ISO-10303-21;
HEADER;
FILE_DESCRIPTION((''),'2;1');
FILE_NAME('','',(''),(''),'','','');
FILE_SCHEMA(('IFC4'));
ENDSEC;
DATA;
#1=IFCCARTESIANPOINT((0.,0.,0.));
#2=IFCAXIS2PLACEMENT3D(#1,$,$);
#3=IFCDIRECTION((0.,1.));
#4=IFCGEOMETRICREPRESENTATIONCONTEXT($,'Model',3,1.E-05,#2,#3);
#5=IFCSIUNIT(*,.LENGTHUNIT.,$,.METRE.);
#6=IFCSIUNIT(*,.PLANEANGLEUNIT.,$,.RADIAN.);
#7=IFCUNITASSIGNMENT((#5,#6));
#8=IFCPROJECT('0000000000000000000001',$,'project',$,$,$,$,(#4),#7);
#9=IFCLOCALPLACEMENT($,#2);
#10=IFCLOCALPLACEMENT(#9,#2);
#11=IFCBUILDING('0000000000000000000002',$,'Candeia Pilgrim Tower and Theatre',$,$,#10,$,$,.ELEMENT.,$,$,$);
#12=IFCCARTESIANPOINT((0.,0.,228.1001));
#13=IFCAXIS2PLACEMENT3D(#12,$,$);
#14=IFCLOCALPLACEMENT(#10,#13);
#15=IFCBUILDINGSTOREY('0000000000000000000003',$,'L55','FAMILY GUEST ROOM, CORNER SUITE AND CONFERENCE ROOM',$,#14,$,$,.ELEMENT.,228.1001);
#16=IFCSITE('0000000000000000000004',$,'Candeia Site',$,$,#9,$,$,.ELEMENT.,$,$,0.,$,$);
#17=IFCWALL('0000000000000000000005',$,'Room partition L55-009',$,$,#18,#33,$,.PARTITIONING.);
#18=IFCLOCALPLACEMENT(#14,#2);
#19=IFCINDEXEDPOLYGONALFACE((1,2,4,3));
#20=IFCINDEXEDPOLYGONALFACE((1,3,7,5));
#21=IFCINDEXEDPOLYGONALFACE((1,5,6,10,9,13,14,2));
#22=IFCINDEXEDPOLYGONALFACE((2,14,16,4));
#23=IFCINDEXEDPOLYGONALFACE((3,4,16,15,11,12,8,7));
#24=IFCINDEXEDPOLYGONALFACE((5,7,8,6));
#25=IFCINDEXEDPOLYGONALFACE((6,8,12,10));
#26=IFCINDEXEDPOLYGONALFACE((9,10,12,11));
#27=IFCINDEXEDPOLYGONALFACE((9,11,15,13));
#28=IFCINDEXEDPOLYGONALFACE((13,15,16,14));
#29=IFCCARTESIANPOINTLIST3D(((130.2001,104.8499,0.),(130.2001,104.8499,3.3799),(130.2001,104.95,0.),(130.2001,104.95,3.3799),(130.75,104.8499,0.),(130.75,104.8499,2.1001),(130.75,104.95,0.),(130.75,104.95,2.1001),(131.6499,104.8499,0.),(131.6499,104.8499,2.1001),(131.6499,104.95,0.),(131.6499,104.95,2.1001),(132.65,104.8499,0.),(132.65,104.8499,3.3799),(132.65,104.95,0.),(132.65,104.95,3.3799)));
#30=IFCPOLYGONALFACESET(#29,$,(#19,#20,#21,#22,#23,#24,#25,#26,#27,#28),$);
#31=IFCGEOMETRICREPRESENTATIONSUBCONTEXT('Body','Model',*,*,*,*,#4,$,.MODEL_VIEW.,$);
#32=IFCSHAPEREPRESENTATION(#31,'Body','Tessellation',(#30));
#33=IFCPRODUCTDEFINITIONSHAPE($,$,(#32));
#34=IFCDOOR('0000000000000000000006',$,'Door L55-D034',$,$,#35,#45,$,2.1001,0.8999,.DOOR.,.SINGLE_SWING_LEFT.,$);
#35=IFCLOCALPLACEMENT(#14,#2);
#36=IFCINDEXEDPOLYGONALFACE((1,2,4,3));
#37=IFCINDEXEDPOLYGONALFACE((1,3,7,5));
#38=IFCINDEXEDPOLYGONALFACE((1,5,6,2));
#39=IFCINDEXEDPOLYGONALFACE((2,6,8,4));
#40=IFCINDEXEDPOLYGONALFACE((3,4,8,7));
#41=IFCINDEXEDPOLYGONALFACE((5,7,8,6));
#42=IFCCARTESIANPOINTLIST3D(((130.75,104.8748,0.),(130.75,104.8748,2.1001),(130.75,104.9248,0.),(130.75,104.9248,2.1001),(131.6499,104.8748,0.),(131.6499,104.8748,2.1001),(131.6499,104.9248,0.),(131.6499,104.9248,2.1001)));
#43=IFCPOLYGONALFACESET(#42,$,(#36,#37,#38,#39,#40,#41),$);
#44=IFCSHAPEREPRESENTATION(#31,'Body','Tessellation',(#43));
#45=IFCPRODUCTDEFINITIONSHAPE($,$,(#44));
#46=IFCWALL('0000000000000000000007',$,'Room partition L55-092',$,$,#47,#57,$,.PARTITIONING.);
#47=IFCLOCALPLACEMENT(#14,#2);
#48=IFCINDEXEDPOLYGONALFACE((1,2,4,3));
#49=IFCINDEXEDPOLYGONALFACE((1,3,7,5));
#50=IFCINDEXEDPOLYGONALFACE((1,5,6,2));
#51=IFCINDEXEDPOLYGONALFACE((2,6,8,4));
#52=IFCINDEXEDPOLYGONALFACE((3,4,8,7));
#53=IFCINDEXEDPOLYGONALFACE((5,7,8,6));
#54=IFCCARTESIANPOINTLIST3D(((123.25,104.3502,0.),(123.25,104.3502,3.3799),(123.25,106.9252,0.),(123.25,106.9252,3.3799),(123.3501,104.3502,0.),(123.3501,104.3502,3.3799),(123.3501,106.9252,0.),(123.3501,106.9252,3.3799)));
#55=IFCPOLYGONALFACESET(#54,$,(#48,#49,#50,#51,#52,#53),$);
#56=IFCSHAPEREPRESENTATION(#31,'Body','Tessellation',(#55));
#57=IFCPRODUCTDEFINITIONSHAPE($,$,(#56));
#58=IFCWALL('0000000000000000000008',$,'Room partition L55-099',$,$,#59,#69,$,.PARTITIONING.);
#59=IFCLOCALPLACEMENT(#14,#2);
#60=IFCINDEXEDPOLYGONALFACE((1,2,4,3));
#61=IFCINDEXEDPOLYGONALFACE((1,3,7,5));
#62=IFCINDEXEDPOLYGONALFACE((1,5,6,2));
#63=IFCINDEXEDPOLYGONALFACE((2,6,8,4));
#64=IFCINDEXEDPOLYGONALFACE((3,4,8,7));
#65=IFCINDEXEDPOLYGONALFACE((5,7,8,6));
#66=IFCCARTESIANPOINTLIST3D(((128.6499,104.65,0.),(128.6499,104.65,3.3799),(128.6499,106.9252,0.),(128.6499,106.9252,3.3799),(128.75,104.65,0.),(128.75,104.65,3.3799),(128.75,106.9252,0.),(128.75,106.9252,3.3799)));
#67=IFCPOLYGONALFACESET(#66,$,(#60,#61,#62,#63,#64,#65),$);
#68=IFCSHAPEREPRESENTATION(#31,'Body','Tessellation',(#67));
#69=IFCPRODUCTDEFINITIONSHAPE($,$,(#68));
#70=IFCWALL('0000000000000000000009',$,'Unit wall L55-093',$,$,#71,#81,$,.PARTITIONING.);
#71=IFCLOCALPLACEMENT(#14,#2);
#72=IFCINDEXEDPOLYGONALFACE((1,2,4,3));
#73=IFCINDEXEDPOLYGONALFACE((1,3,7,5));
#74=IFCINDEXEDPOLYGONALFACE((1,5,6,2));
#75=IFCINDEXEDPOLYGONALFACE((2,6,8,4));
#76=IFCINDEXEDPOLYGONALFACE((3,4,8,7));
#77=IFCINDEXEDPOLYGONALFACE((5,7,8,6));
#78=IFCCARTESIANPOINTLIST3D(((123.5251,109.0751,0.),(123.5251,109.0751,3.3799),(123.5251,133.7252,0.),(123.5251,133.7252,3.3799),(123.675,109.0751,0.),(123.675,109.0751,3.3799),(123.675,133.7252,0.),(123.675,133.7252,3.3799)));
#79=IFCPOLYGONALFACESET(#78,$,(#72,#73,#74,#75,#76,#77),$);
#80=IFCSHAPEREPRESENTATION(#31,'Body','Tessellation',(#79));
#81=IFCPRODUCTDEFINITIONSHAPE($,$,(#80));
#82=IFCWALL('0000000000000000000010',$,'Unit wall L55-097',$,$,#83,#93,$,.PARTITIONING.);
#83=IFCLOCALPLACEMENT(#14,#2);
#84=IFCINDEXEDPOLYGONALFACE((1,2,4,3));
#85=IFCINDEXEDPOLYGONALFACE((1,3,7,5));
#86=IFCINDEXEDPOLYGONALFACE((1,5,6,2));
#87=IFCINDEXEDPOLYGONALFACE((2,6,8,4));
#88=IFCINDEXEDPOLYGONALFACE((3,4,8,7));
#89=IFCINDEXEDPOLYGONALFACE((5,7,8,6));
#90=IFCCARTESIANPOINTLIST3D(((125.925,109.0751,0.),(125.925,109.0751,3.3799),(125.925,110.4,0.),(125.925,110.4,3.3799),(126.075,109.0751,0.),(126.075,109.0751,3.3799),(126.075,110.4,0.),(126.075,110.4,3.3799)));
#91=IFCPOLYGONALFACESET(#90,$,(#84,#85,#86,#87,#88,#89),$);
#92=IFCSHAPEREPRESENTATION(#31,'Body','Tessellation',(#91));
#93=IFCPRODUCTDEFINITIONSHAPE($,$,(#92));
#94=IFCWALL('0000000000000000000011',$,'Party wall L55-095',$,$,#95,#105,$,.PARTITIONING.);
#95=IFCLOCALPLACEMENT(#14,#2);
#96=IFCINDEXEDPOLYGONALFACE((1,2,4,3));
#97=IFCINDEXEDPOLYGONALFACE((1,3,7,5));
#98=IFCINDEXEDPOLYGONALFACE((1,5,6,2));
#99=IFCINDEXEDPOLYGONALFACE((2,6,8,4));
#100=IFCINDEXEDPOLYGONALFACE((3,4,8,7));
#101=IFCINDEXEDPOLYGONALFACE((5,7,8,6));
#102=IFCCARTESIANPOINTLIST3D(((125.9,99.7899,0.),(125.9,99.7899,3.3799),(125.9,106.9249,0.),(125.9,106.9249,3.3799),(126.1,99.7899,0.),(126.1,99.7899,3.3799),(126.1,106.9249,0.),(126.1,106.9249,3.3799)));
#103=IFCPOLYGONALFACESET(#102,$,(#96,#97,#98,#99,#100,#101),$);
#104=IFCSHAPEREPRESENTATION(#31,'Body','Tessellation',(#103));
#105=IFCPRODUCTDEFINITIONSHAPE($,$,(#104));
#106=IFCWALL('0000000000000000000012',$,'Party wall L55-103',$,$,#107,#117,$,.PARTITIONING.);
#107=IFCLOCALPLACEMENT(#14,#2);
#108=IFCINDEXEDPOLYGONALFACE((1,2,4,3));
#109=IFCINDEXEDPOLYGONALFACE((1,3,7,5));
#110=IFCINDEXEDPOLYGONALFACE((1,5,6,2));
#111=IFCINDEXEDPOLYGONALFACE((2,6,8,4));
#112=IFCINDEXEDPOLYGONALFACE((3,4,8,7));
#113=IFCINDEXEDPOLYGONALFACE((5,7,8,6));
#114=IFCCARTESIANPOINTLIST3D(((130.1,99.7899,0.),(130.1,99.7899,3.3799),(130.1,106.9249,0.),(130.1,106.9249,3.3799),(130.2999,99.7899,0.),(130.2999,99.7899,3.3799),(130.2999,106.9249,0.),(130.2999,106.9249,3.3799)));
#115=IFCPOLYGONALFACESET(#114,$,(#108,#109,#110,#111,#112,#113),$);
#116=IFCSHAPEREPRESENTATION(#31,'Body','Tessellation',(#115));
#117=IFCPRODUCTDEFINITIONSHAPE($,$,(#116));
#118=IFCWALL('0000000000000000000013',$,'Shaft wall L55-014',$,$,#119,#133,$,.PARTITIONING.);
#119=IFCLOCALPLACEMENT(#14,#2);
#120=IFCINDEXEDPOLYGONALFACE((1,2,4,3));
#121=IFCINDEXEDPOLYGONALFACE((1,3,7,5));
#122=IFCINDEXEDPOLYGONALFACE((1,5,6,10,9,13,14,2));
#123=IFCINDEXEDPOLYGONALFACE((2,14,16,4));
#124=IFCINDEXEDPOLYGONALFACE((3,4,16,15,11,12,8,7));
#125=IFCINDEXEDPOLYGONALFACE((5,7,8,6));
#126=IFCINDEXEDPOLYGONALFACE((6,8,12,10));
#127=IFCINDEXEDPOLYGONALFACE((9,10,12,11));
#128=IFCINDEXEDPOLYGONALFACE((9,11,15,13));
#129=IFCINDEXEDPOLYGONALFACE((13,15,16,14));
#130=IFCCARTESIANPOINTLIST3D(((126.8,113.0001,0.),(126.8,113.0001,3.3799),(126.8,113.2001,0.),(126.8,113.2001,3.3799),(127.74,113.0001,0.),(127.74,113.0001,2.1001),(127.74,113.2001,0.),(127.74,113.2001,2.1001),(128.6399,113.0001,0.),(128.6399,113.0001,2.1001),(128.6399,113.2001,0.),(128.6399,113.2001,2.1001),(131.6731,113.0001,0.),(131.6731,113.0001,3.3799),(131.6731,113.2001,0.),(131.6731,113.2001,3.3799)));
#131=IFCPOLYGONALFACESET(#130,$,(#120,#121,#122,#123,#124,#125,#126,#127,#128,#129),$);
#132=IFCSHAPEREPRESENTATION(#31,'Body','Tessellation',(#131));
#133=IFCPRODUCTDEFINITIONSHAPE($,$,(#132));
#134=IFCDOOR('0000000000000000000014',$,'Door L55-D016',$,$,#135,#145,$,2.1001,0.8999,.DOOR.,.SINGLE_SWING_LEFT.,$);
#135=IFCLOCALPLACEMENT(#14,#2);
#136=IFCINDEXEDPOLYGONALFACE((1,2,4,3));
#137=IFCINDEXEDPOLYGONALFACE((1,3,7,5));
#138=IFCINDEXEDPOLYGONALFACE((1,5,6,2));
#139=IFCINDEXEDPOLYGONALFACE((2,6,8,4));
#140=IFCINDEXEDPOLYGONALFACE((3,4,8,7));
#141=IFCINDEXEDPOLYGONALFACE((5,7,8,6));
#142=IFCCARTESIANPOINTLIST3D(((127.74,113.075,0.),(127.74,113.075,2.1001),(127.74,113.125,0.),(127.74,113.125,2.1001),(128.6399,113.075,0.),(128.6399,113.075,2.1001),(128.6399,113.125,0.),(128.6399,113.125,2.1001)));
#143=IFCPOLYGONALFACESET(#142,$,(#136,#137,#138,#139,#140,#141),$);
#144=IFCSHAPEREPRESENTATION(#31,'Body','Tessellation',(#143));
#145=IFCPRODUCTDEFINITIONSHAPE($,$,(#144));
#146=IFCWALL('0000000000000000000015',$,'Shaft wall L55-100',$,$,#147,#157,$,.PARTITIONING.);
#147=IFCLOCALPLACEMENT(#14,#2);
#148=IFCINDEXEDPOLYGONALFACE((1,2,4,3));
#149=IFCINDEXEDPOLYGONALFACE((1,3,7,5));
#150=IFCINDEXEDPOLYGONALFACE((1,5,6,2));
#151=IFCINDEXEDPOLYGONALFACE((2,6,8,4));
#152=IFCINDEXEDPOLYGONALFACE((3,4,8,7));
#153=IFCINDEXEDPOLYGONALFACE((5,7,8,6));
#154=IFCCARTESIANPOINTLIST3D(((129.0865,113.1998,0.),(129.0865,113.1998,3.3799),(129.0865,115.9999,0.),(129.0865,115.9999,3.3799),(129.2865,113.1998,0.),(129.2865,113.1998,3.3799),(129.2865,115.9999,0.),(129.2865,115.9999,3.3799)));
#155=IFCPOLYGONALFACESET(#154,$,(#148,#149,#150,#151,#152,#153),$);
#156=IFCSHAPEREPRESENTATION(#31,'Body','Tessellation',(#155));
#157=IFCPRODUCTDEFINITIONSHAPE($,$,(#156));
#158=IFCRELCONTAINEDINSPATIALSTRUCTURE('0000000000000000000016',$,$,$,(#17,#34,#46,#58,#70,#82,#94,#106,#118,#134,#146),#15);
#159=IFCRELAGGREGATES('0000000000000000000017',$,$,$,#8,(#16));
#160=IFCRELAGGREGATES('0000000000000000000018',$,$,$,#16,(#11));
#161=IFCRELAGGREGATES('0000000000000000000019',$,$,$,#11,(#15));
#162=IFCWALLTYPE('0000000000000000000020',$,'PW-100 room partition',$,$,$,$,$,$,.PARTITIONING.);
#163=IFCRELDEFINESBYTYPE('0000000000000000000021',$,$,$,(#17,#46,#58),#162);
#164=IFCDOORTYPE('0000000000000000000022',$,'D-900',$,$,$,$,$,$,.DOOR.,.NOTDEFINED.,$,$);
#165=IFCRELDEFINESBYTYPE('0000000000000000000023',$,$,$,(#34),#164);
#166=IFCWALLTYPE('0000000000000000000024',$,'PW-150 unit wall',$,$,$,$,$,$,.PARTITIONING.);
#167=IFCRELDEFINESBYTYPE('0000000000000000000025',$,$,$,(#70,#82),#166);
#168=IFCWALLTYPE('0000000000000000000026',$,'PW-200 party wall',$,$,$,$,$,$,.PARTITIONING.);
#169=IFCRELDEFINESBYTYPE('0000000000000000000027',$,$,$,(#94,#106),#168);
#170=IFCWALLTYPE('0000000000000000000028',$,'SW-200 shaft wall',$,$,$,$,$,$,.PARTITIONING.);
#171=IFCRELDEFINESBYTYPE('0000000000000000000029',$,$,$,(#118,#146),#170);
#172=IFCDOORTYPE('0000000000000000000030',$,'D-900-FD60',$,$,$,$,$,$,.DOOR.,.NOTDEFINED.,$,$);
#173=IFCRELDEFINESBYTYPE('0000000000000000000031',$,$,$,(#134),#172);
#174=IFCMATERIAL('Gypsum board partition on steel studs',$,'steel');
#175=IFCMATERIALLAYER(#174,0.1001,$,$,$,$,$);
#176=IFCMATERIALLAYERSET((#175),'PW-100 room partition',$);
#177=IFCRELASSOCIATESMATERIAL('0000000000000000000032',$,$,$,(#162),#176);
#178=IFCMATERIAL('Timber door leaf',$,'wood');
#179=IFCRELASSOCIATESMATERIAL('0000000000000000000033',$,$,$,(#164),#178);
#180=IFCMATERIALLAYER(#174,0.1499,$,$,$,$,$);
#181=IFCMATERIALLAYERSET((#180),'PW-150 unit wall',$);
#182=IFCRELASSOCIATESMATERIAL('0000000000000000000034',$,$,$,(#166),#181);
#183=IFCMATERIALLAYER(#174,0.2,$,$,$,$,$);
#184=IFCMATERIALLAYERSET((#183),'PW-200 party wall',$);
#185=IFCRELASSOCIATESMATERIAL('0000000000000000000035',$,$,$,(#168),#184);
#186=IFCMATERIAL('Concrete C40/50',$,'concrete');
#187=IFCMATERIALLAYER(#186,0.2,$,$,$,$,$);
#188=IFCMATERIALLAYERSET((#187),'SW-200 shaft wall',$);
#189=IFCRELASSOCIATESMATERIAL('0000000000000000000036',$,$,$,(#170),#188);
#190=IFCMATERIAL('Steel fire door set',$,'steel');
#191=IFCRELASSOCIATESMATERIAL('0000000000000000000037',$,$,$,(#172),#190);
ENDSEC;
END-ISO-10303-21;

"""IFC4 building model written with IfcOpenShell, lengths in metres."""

from ifc_helpers import new_model, si_unit, direction, frame, frame_2d, origin, place, context, subcontext, project, spatial, rectangle, extrude, material, layer, layer_set, type_object, element, fill, save


model = new_model("IFC4")

# Units and contexts
model_context = context("Model", 3, precision=1e-05, world=origin(), true_north=direction((0.0, 1.0)))
body_context = subcontext(model_context, "Body", "Model", "MODEL_VIEW")
ifc_project = project(units=[si_unit("LENGTHUNIT", "METRE"), si_unit("PLANEANGLEUNIT", "RADIAN")], contexts=[model_context])

# Site, building, storey
site_placement = place(None, origin())
site = spatial("IfcSite", under=ifc_project, at=site_placement, Name="Candeia Site", CompositionType="ELEMENT", RefElevation=0.0)
building_placement = place(site_placement, origin())
building = spatial("IfcBuilding", under=site, at=building_placement, Name="Candeia Pilgrim Tower and Theatre", CompositionType="ELEMENT")
storey_placement = place(building_placement, frame((0.0, 0.0, 228.1001)))
storey = spatial("IfcBuildingStorey", under=building, at=storey_placement, Name="L55", Description="FAMILY GUEST ROOM, CORNER SUITE AND CONFERENCE ROOM", CompositionType="ELEMENT", Elevation=228.1001)

# Shared definitions
ifc_material_1 = material(Name="Steel fire door set", Category="steel")

# Wall, opening, door
ifc_material_2 = material(Name="Gypsum board partition on steel studs", Category="steel")
ifc_layer_1 = layer(ifc_material_2, 0.1001)
ifc_layer_set_1 = layer_set([ifc_layer_1], Name="PW-100 room partition")
wall_type_1 = type_object("IfcWallType", Name="PW-100 room partition", PredefinedType="PARTITIONING", material=ifc_layer_set_1)
ifc_material_3 = material(Name="Timber door leaf", Category="wood")
wall_1_placement = place(storey_placement, frame((130.2, 104.8999, 0.0), z_axis=(0.0, 0.0, 1.0), x_axis=(1.0, 0.0, 0.0)))
wall_1 = element("IfcWall", 1, at=wall_1_placement, inside=storey, type_object=wall_type_1, Name="Room partition L55-009", PredefinedType="PARTITIONING", context=body_context, shape_type="SweptSolid", body=[
    extrude(rectangle(XDim=2.45, YDim=0.1001, at=frame_2d((1.2251, 0.0))), origin(), (0.0, 0.0, 1.0), 3.3799),
])
opening_1_placement = place(wall_1_placement, frame((0.55, 0.0, 0.0)))
opening_1 = element("IfcOpeningElement", 2, at=opening_1_placement, cuts=wall_1, PredefinedType="OPENING", context=body_context, shape_type="SweptSolid", body=[
    extrude(rectangle(XDim=0.8999, YDim=2.1001, at=frame_2d((0.45, 1.05))), frame((0.0, 0.0601, 0.0), z_axis=(0.0, -1.0, 0.0), x_axis=(1.0, 0.0, 0.0)), (0.0, 0.0, 1.0), 0.1201),
])
door_type_1 = type_object("IfcDoorType", Name="D-900", OperationType="NOTDEFINED", PredefinedType="DOOR", material=ifc_material_3)
door_1_placement = place(opening_1_placement, origin())
door_1 = element("IfcDoor", 3, at=door_1_placement, inside=storey, type_object=door_type_1, Name="Door L55-D034", OperationType="SINGLE_SWING_LEFT", OverallHeight=2.1001, OverallWidth=0.8999, PredefinedType="DOOR", context=body_context, shape_type="SweptSolid", body=[
    extrude(rectangle(XDim=0.8999, YDim=2.1001, at=frame_2d((0.45, 1.05))), frame((0.0, 0.0249, 0.0), z_axis=(0.0, -1.0, 0.0), x_axis=(1.0, 0.0, 0.0)), (0.0, 0.0, 1.0), 0.05),
])
fill(opening_1, door_1)

# Walls
wall_2_placement = place(storey_placement, frame((123.3, 104.3501, 0.0), z_axis=(0.0, 0.0, 1.0), x_axis=(0.0, 1.0, 0.0)))
element("IfcWall", 4, at=wall_2_placement, inside=storey, type_object=wall_type_1, Name="Room partition L55-092", PredefinedType="PARTITIONING", context=body_context, shape_type="SweptSolid", body=[
    extrude(rectangle(XDim=2.575, YDim=0.1001, at=frame_2d((1.2876, 0.0))), origin(), (0.0, 0.0, 1.0), 3.3799),
])
wall_3_placement = place(storey_placement, frame((128.7, 104.6499, 0.0), z_axis=(0.0, 0.0, 1.0), x_axis=(0.0, 1.0, 0.0)))
element("IfcWall", 5, at=wall_3_placement, inside=storey, type_object=wall_type_1, Name="Room partition L55-099", PredefinedType="PARTITIONING", context=body_context, shape_type="SweptSolid", body=[
    extrude(rectangle(XDim=2.2751, YDim=0.1001, at=frame_2d((1.1377, 0.0))), origin(), (0.0, 0.0, 1.0), 3.3799),
])
ifc_layer_2 = layer(ifc_material_2, 0.1499)
ifc_layer_set_2 = layer_set([ifc_layer_2], Name="PW-150 unit wall")
wall_type_2 = type_object("IfcWallType", Name="PW-150 unit wall", PredefinedType="PARTITIONING", material=ifc_layer_set_2)
wall_4_placement = place(storey_placement, frame((123.6001, 109.075, 0.0), z_axis=(0.0, 0.0, 1.0), x_axis=(0.0, 1.0, 0.0)))
element("IfcWall", 6, at=wall_4_placement, inside=storey, type_object=wall_type_2, Name="Unit wall L55-093", PredefinedType="PARTITIONING", context=body_context, shape_type="SweptSolid", body=[
    extrude(rectangle(XDim=24.6501, YDim=0.1499, at=frame_2d((12.3252, 0.0))), origin(), (0.0, 0.0, 1.0), 3.3799),
])
wall_5_placement = place(storey_placement, frame((126.0, 109.075, 0.0), z_axis=(0.0, 0.0, 1.0), x_axis=(0.0, 1.0, 0.0)))
element("IfcWall", 7, at=wall_5_placement, inside=storey, type_object=wall_type_2, Name="Unit wall L55-097", PredefinedType="PARTITIONING", context=body_context, shape_type="SweptSolid", body=[
    extrude(rectangle(XDim=1.325, YDim=0.1499, at=frame_2d((0.6626, 0.0))), origin(), (0.0, 0.0, 1.0), 3.3799),
])
ifc_layer_3 = layer(ifc_material_2, 0.2)
ifc_layer_set_3 = layer_set([ifc_layer_3], Name="PW-200 party wall")
wall_type_3 = type_object("IfcWallType", Name="PW-200 party wall", PredefinedType="PARTITIONING", material=ifc_layer_set_3)
for number, where, z_axis, x_axis, name in (
    (8, (126.0, 99.79, 0.0), (0.0, 0.0, 1.0), (0.0, 1.0, 0.0), "Party wall L55-095"),
    (9, (130.2, 99.79, 0.0), (0.0, 0.0, 1.0), (0.0, 1.0, 0.0), "Party wall L55-103"),
):
    element("IfcWall", number, at=place(storey_placement, frame(where, z_axis=z_axis, x_axis=x_axis)), inside=storey, type_object=wall_type_3, Name=name, PredefinedType="PARTITIONING", context=body_context, shape_type="SweptSolid", body=[
        extrude(rectangle(XDim=7.135, YDim=0.2, at=frame_2d((3.5674, 0.0))), origin(), (0.0, 0.0, 1.0), 3.3799),
    ])

# Wall, opening, door
ifc_material_4 = material(Name="Concrete C40/50", Category="concrete")
ifc_layer_4 = layer(ifc_material_4, 0.2)
ifc_layer_set_4 = layer_set([ifc_layer_4], Name="SW-200 shaft wall")
wall_type_4 = type_object("IfcWallType", Name="SW-200 shaft wall", PredefinedType="PARTITIONING", material=ifc_layer_set_4)
wall_6_placement = place(storey_placement, frame((126.8, 113.1001, 0.0), z_axis=(0.0, 0.0, 1.0), x_axis=(1.0, 0.0, 0.0)))
wall_6 = element("IfcWall", 10, at=wall_6_placement, inside=storey, type_object=wall_type_4, Name="Shaft wall L55-014", PredefinedType="PARTITIONING", context=body_context, shape_type="SweptSolid", body=[
    extrude(rectangle(XDim=4.873, YDim=0.2, at=frame_2d((2.4365, 0.0))), origin(), (0.0, 0.0, 1.0), 3.3799),
])
opening_2_placement = place(wall_6_placement, frame((0.9399, 0.0, 0.0)))
opening_2 = element("IfcOpeningElement", 11, at=opening_2_placement, cuts=wall_6, PredefinedType="OPENING", context=body_context, shape_type="SweptSolid", body=[
    extrude(rectangle(XDim=0.8999, YDim=2.1001, at=frame_2d((0.45, 1.05))), frame((0.0, 0.1099, 0.0), z_axis=(0.0, -1.0, 0.0), x_axis=(1.0, 0.0, 0.0)), (0.0, 0.0, 1.0), 0.22),
])
door_type_2 = type_object("IfcDoorType", Name="D-900-FD60", OperationType="NOTDEFINED", PredefinedType="DOOR", material=ifc_material_1)
door_2_placement = place(opening_2_placement, origin())
door_2 = element("IfcDoor", 12, at=door_2_placement, inside=storey, type_object=door_type_2, Name="Door L55-D016", OperationType="SINGLE_SWING_LEFT", OverallHeight=2.1001, OverallWidth=0.8999, PredefinedType="DOOR", context=body_context, shape_type="SweptSolid", body=[
    extrude(rectangle(XDim=0.8999, YDim=2.1001, at=frame_2d((0.45, 1.05))), frame((0.0, 0.0249, 0.0), z_axis=(0.0, -1.0, 0.0), x_axis=(1.0, 0.0, 0.0)), (0.0, 0.0, 1.0), 0.05),
])
fill(opening_2, door_2)

# Wall
wall_7_placement = place(storey_placement, frame((129.1865, 113.2, 0.0), z_axis=(0.0, 0.0, 1.0), x_axis=(0.0, 1.0, 0.0)))
element("IfcWall", 13, at=wall_7_placement, inside=storey, type_object=wall_type_4, Name="Shaft wall L55-100", PredefinedType="PARTITIONING", context=body_context, shape_type="SweptSolid", body=[
    extrude(rectangle(XDim=2.8, YDim=0.2, at=frame_2d((1.3999, 0.0))), origin(), (0.0, 0.0, 1.0), 3.3799),
])

save(model, "model.ifc")
